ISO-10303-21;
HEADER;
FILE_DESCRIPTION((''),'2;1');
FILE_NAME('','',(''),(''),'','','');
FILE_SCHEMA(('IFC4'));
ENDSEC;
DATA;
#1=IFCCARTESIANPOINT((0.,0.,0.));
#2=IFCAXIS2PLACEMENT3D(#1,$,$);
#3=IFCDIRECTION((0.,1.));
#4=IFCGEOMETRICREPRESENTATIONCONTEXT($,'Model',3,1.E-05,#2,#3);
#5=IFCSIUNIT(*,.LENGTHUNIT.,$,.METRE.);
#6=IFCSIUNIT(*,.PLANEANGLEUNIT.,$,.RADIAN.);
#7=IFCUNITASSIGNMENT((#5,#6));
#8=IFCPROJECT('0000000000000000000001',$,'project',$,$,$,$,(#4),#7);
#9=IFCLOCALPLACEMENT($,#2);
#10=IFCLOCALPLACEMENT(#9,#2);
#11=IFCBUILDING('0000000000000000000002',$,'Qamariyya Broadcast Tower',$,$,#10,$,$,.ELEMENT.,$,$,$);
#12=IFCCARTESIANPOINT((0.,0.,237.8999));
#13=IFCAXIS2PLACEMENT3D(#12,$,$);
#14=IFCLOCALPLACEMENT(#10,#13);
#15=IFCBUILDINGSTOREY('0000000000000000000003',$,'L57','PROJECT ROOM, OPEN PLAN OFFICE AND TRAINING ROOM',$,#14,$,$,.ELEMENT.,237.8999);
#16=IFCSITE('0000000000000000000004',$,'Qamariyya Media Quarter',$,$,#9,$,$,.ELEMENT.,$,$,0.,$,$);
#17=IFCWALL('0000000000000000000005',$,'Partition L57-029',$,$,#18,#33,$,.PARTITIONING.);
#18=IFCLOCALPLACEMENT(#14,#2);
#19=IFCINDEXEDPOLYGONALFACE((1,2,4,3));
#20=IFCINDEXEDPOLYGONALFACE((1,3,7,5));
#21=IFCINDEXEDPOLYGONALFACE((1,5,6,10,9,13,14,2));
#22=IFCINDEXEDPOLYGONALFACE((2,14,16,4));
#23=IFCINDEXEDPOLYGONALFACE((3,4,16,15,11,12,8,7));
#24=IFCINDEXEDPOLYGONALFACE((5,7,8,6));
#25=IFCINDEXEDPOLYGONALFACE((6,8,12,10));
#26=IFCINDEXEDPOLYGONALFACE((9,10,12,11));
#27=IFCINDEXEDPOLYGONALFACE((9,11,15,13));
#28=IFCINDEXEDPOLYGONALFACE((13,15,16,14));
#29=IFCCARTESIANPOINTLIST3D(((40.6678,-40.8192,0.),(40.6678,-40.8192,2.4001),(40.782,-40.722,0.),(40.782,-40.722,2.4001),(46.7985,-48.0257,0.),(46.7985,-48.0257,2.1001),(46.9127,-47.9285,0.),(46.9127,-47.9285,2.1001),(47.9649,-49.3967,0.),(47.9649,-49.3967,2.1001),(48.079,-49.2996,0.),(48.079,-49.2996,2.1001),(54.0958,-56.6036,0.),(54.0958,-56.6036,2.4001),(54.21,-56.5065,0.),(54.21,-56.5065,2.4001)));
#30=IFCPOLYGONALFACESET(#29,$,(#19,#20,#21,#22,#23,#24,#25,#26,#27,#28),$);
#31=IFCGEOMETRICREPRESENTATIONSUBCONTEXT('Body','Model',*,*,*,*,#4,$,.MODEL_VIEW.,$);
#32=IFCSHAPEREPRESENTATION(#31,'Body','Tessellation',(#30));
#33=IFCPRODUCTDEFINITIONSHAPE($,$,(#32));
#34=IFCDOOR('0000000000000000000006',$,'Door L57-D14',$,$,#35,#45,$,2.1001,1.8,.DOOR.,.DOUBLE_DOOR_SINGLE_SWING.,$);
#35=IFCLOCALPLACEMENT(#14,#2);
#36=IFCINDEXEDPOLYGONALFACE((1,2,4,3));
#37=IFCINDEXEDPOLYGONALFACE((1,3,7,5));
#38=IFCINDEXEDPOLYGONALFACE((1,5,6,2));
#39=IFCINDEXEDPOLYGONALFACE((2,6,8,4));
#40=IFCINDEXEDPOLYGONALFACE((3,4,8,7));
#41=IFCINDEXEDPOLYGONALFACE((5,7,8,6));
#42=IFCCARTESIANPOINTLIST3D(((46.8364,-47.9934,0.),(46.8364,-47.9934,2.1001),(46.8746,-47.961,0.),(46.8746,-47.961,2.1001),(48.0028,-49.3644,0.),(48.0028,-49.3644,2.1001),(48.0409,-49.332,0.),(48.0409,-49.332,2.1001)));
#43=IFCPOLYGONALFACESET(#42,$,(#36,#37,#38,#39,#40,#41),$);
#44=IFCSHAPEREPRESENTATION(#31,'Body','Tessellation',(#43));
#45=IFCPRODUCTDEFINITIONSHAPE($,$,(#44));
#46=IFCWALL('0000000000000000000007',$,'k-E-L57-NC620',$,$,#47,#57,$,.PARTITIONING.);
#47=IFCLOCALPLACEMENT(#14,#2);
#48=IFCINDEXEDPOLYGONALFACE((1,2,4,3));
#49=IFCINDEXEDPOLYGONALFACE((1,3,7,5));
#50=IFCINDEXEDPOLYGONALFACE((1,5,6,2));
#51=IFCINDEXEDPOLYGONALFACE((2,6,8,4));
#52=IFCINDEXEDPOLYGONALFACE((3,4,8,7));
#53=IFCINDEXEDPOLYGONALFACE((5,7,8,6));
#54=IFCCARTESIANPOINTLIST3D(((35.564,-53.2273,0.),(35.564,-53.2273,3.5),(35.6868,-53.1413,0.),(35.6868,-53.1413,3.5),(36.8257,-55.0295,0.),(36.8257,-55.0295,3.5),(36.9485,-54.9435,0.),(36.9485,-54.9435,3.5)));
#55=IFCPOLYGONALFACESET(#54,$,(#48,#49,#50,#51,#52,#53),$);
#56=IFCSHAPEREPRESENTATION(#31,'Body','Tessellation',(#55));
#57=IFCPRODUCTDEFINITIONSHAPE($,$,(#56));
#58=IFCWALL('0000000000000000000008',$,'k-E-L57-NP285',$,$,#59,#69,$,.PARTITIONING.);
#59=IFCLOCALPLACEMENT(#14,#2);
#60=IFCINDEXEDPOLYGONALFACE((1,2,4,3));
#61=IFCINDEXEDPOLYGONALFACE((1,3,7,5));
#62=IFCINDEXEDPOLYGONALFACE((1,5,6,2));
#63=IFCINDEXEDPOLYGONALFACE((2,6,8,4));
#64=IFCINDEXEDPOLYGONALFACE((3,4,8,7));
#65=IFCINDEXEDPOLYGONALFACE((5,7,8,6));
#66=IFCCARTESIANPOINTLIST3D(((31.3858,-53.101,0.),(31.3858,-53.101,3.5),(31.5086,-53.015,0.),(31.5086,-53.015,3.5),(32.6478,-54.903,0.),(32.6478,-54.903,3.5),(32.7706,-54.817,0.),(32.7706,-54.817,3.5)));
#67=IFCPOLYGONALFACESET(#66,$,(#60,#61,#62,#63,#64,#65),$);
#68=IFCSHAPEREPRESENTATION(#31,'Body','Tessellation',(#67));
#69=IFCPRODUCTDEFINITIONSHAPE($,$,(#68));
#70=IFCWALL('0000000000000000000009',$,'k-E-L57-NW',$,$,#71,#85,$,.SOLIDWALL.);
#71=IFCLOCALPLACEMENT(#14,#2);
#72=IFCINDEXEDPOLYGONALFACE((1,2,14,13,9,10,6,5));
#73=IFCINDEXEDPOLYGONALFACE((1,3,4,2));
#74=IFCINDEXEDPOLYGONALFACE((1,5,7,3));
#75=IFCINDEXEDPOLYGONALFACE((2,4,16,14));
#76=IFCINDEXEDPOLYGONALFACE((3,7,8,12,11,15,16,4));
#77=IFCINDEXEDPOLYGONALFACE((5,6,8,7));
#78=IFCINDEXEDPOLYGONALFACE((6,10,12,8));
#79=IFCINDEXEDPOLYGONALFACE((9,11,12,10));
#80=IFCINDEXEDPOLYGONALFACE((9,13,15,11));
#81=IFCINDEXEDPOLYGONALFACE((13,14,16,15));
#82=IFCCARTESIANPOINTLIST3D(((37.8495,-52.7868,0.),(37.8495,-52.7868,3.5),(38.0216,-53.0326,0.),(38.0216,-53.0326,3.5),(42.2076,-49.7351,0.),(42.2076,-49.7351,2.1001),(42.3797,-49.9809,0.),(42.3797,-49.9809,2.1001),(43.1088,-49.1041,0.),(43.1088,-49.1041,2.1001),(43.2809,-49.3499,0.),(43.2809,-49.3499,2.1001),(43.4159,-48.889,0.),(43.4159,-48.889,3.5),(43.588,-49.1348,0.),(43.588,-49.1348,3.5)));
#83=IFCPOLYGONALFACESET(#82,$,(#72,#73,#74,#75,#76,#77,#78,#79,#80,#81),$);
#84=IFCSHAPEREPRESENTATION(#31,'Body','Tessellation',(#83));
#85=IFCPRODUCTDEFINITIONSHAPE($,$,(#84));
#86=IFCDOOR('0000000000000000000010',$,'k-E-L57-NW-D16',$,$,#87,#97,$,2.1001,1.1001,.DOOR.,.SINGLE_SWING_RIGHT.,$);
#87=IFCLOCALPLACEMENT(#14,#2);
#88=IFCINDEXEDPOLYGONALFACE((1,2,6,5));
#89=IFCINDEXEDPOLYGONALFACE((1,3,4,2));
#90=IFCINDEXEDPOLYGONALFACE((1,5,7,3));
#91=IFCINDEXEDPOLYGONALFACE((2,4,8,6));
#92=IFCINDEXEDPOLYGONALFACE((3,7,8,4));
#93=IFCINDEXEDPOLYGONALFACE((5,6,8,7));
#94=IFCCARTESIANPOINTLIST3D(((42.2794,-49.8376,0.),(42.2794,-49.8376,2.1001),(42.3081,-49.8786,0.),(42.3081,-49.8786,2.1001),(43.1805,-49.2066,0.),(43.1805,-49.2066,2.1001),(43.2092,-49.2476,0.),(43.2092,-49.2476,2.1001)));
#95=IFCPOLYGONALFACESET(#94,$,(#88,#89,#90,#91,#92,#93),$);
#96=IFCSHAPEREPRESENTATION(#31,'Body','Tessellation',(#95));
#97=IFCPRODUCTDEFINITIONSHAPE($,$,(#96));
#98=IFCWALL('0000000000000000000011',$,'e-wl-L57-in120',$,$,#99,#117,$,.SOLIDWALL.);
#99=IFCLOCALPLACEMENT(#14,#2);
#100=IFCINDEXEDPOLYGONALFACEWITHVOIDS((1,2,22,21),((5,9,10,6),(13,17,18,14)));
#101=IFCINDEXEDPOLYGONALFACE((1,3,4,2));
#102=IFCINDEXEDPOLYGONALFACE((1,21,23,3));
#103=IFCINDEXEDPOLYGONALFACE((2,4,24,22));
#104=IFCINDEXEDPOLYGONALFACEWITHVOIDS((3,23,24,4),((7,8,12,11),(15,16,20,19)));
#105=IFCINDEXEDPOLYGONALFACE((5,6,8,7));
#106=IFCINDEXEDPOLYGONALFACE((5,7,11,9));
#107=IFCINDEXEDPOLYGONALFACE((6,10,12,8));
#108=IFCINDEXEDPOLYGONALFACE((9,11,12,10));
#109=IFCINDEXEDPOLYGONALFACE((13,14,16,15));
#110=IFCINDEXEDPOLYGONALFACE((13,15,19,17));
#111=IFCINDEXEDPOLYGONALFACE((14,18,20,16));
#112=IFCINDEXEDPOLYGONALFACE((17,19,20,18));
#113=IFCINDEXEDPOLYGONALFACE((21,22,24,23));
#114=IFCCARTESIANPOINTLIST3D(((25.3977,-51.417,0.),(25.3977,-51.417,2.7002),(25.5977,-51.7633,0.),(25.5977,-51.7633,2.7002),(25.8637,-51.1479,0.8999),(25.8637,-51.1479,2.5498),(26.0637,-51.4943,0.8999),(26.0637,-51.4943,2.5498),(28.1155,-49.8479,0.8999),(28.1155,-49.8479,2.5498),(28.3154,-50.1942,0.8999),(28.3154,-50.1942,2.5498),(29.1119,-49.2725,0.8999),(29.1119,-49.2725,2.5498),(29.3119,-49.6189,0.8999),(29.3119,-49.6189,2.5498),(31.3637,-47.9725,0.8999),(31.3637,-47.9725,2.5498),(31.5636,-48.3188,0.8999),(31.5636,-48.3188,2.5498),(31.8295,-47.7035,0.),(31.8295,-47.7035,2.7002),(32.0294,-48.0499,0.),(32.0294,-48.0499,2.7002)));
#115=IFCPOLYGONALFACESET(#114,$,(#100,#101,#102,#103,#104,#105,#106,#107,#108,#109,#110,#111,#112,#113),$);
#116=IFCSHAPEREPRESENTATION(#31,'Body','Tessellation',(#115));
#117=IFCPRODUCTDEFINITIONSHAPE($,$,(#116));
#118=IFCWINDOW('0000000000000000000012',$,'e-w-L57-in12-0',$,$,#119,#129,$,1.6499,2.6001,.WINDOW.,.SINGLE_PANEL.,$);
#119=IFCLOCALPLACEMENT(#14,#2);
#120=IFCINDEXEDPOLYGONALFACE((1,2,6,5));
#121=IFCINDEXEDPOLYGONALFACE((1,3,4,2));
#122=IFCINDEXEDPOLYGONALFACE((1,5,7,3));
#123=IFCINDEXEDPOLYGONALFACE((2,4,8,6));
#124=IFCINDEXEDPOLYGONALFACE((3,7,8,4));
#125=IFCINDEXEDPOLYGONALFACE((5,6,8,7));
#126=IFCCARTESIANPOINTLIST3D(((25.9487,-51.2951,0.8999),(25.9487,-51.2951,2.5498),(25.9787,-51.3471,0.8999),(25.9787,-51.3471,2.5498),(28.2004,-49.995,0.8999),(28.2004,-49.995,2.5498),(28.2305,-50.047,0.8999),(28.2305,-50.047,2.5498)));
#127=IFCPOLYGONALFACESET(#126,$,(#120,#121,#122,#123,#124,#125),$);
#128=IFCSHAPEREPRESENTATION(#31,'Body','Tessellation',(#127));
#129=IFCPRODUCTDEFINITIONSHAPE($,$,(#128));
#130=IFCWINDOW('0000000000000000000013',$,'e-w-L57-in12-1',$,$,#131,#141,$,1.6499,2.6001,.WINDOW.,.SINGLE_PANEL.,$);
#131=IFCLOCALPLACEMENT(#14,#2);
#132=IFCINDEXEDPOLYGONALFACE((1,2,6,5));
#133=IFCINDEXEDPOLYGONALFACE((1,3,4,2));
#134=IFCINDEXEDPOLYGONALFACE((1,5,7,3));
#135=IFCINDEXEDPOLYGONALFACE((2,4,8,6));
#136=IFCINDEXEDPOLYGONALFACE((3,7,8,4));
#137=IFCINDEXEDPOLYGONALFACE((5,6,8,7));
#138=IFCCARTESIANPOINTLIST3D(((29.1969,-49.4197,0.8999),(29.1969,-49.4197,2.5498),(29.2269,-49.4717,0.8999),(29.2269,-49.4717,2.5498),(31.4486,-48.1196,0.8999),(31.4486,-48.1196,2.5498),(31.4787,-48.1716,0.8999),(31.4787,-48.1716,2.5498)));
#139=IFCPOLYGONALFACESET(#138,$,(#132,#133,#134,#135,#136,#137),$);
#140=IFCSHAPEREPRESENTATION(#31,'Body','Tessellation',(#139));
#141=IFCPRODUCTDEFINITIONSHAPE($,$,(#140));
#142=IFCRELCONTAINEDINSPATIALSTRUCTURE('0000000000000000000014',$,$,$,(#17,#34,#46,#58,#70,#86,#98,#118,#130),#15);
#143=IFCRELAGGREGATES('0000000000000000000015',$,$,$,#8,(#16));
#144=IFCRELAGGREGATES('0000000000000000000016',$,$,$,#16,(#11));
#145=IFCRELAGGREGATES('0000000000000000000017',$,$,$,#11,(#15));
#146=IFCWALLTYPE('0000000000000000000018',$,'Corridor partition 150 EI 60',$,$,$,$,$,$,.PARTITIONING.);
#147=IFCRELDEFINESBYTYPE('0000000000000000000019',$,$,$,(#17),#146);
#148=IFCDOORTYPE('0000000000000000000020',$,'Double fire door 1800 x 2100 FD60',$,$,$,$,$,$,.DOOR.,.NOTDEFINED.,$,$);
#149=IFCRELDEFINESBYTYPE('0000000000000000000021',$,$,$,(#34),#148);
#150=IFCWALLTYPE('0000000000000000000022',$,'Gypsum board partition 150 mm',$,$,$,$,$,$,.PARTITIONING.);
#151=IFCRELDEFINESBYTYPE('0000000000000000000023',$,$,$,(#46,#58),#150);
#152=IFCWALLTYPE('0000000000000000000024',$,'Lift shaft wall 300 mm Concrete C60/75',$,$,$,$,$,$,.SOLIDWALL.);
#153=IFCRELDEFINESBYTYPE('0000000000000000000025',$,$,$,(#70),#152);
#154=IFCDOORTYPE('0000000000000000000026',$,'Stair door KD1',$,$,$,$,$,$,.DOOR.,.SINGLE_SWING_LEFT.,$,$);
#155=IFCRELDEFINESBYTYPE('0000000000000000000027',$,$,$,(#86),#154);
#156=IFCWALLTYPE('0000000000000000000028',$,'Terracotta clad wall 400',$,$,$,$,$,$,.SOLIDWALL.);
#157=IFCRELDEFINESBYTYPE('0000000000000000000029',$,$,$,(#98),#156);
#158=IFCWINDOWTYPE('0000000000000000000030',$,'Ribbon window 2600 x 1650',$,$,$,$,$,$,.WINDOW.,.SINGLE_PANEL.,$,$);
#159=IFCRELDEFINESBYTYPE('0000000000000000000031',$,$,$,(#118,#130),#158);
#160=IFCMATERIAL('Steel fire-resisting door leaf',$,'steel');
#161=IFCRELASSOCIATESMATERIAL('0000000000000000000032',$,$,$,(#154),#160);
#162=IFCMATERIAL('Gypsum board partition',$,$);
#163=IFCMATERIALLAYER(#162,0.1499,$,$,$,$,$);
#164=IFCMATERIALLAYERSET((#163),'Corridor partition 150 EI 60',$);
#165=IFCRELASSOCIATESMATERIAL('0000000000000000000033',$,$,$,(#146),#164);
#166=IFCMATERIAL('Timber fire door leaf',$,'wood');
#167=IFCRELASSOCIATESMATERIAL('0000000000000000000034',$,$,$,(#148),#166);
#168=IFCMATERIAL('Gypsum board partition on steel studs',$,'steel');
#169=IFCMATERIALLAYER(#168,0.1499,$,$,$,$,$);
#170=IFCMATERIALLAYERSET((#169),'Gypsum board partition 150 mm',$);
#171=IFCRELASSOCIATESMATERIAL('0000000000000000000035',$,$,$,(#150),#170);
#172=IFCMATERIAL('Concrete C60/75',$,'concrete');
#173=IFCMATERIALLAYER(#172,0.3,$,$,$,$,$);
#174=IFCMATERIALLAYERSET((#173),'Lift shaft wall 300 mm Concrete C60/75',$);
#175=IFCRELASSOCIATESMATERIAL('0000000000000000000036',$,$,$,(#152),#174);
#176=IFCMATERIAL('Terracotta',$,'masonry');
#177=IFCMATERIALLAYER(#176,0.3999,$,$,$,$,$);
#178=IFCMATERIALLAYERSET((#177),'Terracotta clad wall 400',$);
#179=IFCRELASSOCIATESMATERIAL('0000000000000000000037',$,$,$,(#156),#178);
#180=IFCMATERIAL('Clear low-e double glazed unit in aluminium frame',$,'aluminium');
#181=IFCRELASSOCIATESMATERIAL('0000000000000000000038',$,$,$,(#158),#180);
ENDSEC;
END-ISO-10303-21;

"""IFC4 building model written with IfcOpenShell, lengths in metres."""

from ifc_helpers import new_model, si_unit, direction, frame, frame_2d, origin, place, context, subcontext, project, spatial, rectangle, extrude, material, layer, layer_set, type_object, element, fill, save


model = new_model("IFC4")

# Units and contexts
model_context = context("Model", 3, precision=1e-05, world=origin(), true_north=direction((0.0, 1.0)))
body_context = subcontext(model_context, "Body", "Model", "MODEL_VIEW")
ifc_project = project(units=[si_unit("LENGTHUNIT", "METRE"), si_unit("PLANEANGLEUNIT", "RADIAN")], contexts=[model_context])

# Site, building, storey
site_placement = place(None, origin())
site = spatial("IfcSite", under=ifc_project, at=site_placement, Name="Qamariyya Media Quarter", CompositionType="ELEMENT", RefElevation=0.0)
building_placement = place(site_placement, origin())
building = spatial("IfcBuilding", under=site, at=building_placement, Name="Qamariyya Broadcast Tower", CompositionType="ELEMENT")
storey_placement = place(building_placement, frame((0.0, 0.0, 237.8999)))
storey = spatial("IfcBuildingStorey", under=building, at=storey_placement, Name="L57", Description="PROJECT ROOM, OPEN PLAN OFFICE AND TRAINING ROOM", CompositionType="ELEMENT", Elevation=237.8999)

# Shared definitions
ifc_material_1 = material(Name="Concrete C60/75", Category="concrete")

# Shared definitions
ifc_material_2 = material(Name="Steel fire-resisting door leaf", Category="steel")
door_type_1 = type_object("IfcDoorType", Name="Stair door KD1", OperationType="SINGLE_SWING_LEFT", PredefinedType="DOOR", material=ifc_material_2)

# Wall, opening, door
ifc_material_3 = material(Name="Gypsum board partition")
ifc_layer_1 = layer(ifc_material_3, 0.1499)
ifc_layer_set_1 = layer_set([ifc_layer_1], Name="Corridor partition 150 EI 60")
wall_type_1 = type_object("IfcWallType", Name="Corridor partition 150 EI 60", PredefinedType="PARTITIONING", material=ifc_layer_set_1)
wall_1_placement = place(storey_placement, frame((40.7249, -40.7705, 0.0), z_axis=(0.0, 0.0, 1.0), x_axis=(0.647963, -0.761672, 0.0)))
wall_1 = element("IfcWall", 1, at=wall_1_placement, inside=storey, type_object=wall_type_1, Name="Partition L57-029", PredefinedType="PARTITIONING", context=body_context, shape_type="SweptSolid", body=[
    extrude(rectangle(XDim=20.7234, YDim=0.1499, at=frame_2d((10.3618, 0.0))), origin(), (0.0, 0.0, 1.0), 2.4001),
])
opening_1_placement = place(wall_1_placement, frame((9.4617, 0.0, 0.0)))
opening_1 = element("IfcOpeningElement", 2, at=opening_1_placement, cuts=wall_1, PredefinedType="OPENING", context=body_context, shape_type="SweptSolid", body=[
    extrude(rectangle(XDim=1.8, YDim=2.1001, at=frame_2d((0.8999, 1.05))), frame((0.0, 0.085, 0.0), z_axis=(0.0, -1.0, 0.0), x_axis=(1.0, 0.0, 0.0)), (0.0, 0.0, 1.0), 0.1699),
])
ifc_material_4 = material(Name="Timber fire door leaf", Category="wood")
door_type_2 = type_object("IfcDoorType", Name="Double fire door 1800 x 2100 FD60", OperationType="NOTDEFINED", PredefinedType="DOOR", material=ifc_material_4)
door_1_placement = place(opening_1_placement, origin())
door_1 = element("IfcDoor", 3, at=door_1_placement, inside=storey, type_object=door_type_2, Name="Door L57-D14", OperationType="DOUBLE_DOOR_SINGLE_SWING", OverallHeight=2.1001, OverallWidth=1.8, PredefinedType="DOOR", context=body_context, shape_type="SweptSolid", body=[
    extrude(rectangle(XDim=1.8, YDim=2.1001, at=frame_2d((0.8999, 1.05))), frame((0.0, 0.0249, 0.0), z_axis=(0.0, -1.0, 0.0), x_axis=(1.0, 0.0, 0.0)), (0.0, 0.0, 1.0), 0.05),
])
fill(opening_1, door_1)

# Walls
ifc_material_5 = material(Name="Gypsum board partition on steel studs", Category="steel")
ifc_layer_2 = layer(ifc_material_5, 0.1499)
ifc_layer_set_2 = layer_set([ifc_layer_2], Name="Gypsum board partition 150 mm")
wall_type_2 = type_object("IfcWallType", Name="Gypsum board partition 150 mm", PredefinedType="PARTITIONING", material=ifc_layer_set_2)
for number, where, z_axis, x_axis, name in (
    (4, (36.8872, -54.9866, 0.0), (0.0, 0.0, 1.0), (-0.573507, 0.819201, 0.0), "k-E-L57-NC620"),
    (5, (32.7092, -54.8601, 0.0), (0.0, 0.0, 1.0), (-0.573634, 0.819112, 0.0), "k-E-L57-NP285"),
):
    element("IfcWall", number, at=place(storey_placement, frame(where, z_axis=z_axis, x_axis=x_axis)), inside=storey, type_object=wall_type_2, Name=name, PredefinedType="PARTITIONING", context=body_context, shape_type="SweptSolid", body=[
        extrude(rectangle(XDim=2.2, YDim=0.1499, at=frame_2d((1.1001, 0.0))), origin(), (0.0, 0.0, 1.0), 3.5),
    ])

# Wall, opening, door
ifc_layer_3 = layer(ifc_material_1, 0.3)
ifc_layer_set_3 = layer_set([ifc_layer_3], Name="Lift shaft wall 300 mm Concrete C60/75")
wall_type_3 = type_object("IfcWallType", Name="Lift shaft wall 300 mm Concrete C60/75", PredefinedType="SOLIDWALL", material=ifc_layer_set_3)
wall_2_placement = place(storey_placement, frame((37.9355, -52.9097, 0.0), z_axis=(0.0, 0.0, 1.0), x_axis=(0.819148, 0.573583, 0.0)))
wall_2 = element("IfcWall", 6, at=wall_2_placement, inside=storey, type_object=wall_type_3, Name="k-E-L57-NW", PredefinedType="SOLIDWALL", context=body_context, shape_type="SweptSolid", body=[
    extrude(rectangle(XDim=6.7954, YDim=0.3, at=frame_2d((3.3977, 0.0))), origin(), (0.0, 0.0, 1.0), 3.5),
])
opening_2_placement = place(wall_2_placement, frame((5.3203, 0.0, 0.0)))
opening_2 = element("IfcOpeningElement", 7, at=opening_2_placement, cuts=wall_2, PredefinedType="OPENING", context=body_context, shape_type="SweptSolid", body=[
    extrude(rectangle(XDim=1.1001, YDim=2.1001, at=frame_2d((0.55, 1.05))), frame((0.0, 0.1599, 0.0), z_axis=(0.0, -1.0, 0.0), x_axis=(1.0, 0.0, 0.0)), (0.0, 0.0, 1.0), 0.3201),
])
door_2_placement = place(opening_2_placement, origin())
door_2 = element("IfcDoor", 8, at=door_2_placement, inside=storey, type_object=door_type_1, Name="k-E-L57-NW-D16", OperationType="SINGLE_SWING_RIGHT", OverallHeight=2.1001, OverallWidth=1.1001, PredefinedType="DOOR", context=body_context, shape_type="SweptSolid", body=[
    extrude(rectangle(XDim=1.1001, YDim=2.1001, at=frame_2d((0.55, 1.05))), frame((0.0, 0.0249, 0.0), z_axis=(0.0, -1.0, 0.0), x_axis=(1.0, 0.0, 0.0)), (0.0, 0.0, 1.0), 0.05),
])
fill(opening_2, door_2)

# Wall, openings, windows
ifc_material_6 = material(Name="Terracotta", Category="masonry")
ifc_layer_4 = layer(ifc_material_6, 0.3999)
ifc_layer_set_4 = layer_set([ifc_layer_4], Name="Terracotta clad wall 400")
wall_type_4 = type_object("IfcWallType", Name="Terracotta clad wall 400", PredefinedType="SOLIDWALL", material=ifc_layer_set_4)
wall_3_placement = place(storey_placement, frame((31.9294, -47.8767, 0.0), z_axis=(0.0, 0.0, 1.0), x_axis=(-0.866021, -0.500007, 0.0)))
wall_3 = element("IfcWall", 9, at=wall_3_placement, inside=storey, type_object=wall_type_4, Name="e-wl-L57-in120", PredefinedType="SOLIDWALL", context=body_context, shape_type="SweptSolid", body=[
    extrude(rectangle(XDim=7.4268, YDim=0.3999, at=frame_2d((3.7134, 0.0))), origin(), (0.0, 0.0, 1.0), 2.7002),
])
opening_3_placement = place(wall_3_placement, frame((4.2886, 0.0, 0.8999)))
opening_3 = element("IfcOpeningElement", 10, at=opening_3_placement, cuts=wall_3, PredefinedType="OPENING", context=body_context, shape_type="SweptSolid", body=[
    extrude(rectangle(XDim=2.6001, YDim=1.6499, at=frame_2d((1.3, 0.825))), frame((0.0, 0.21, 0.0), z_axis=(0.0, -1.0, 0.0), x_axis=(1.0, 0.0, 0.0)), (0.0, 0.0, 1.0), 0.4199),
])
opening_4_placement = place(wall_3_placement, frame((0.5378, 0.0, 0.8999)))
opening_4 = element("IfcOpeningElement", 11, at=opening_4_placement, cuts=wall_3, PredefinedType="OPENING", context=body_context, shape_type="SweptSolid", body=[
    extrude(rectangle(XDim=2.6001, YDim=1.6499, at=frame_2d((1.3, 0.825))), frame((0.0, 0.21, 0.0), z_axis=(0.0, -1.0, 0.0), x_axis=(1.0, 0.0, 0.0)), (0.0, 0.0, 1.0), 0.4199),
])
ifc_material_7 = material(Name="Clear low-e double glazed unit in aluminium frame", Category="aluminium")
window_type = type_object("IfcWindowType", Name="Ribbon window 2600 x 1650", PartitioningType="SINGLE_PANEL", PredefinedType="WINDOW", material=ifc_material_7)
window_1_placement = place(opening_3_placement, origin())
window_1 = element("IfcWindow", 12, at=window_1_placement, inside=storey, type_object=window_type, Name="e-w-L57-in12-0", OverallHeight=1.6499, OverallWidth=2.6001, PartitioningType="SINGLE_PANEL", PredefinedType="WINDOW", context=body_context, shape_type="SweptSolid", body=[
    extrude(rectangle(XDim=2.6001, YDim=1.6499, at=frame_2d((1.3, 0.825))), frame((0.0, 0.03, 0.0), z_axis=(0.0, -1.0, 0.0), x_axis=(1.0, 0.0, 0.0)), (0.0, 0.0, 1.0), 0.0601),
])
fill(opening_3, window_1)
window_2_placement = place(opening_4_placement, origin())
window_2 = element("IfcWindow", 13, at=window_2_placement, inside=storey, type_object=window_type, Name="e-w-L57-in12-1", OverallHeight=1.6499, OverallWidth=2.6001, PartitioningType="SINGLE_PANEL", PredefinedType="WINDOW", context=body_context, shape_type="SweptSolid", body=[
    extrude(rectangle(XDim=2.6001, YDim=1.6499, at=frame_2d((1.3, 0.825))), frame((0.0, 0.03, 0.0), z_axis=(0.0, -1.0, 0.0), x_axis=(1.0, 0.0, 0.0)), (0.0, 0.0, 1.0), 0.0601),
])
fill(opening_4, window_2)

save(model, "model.ifc")
